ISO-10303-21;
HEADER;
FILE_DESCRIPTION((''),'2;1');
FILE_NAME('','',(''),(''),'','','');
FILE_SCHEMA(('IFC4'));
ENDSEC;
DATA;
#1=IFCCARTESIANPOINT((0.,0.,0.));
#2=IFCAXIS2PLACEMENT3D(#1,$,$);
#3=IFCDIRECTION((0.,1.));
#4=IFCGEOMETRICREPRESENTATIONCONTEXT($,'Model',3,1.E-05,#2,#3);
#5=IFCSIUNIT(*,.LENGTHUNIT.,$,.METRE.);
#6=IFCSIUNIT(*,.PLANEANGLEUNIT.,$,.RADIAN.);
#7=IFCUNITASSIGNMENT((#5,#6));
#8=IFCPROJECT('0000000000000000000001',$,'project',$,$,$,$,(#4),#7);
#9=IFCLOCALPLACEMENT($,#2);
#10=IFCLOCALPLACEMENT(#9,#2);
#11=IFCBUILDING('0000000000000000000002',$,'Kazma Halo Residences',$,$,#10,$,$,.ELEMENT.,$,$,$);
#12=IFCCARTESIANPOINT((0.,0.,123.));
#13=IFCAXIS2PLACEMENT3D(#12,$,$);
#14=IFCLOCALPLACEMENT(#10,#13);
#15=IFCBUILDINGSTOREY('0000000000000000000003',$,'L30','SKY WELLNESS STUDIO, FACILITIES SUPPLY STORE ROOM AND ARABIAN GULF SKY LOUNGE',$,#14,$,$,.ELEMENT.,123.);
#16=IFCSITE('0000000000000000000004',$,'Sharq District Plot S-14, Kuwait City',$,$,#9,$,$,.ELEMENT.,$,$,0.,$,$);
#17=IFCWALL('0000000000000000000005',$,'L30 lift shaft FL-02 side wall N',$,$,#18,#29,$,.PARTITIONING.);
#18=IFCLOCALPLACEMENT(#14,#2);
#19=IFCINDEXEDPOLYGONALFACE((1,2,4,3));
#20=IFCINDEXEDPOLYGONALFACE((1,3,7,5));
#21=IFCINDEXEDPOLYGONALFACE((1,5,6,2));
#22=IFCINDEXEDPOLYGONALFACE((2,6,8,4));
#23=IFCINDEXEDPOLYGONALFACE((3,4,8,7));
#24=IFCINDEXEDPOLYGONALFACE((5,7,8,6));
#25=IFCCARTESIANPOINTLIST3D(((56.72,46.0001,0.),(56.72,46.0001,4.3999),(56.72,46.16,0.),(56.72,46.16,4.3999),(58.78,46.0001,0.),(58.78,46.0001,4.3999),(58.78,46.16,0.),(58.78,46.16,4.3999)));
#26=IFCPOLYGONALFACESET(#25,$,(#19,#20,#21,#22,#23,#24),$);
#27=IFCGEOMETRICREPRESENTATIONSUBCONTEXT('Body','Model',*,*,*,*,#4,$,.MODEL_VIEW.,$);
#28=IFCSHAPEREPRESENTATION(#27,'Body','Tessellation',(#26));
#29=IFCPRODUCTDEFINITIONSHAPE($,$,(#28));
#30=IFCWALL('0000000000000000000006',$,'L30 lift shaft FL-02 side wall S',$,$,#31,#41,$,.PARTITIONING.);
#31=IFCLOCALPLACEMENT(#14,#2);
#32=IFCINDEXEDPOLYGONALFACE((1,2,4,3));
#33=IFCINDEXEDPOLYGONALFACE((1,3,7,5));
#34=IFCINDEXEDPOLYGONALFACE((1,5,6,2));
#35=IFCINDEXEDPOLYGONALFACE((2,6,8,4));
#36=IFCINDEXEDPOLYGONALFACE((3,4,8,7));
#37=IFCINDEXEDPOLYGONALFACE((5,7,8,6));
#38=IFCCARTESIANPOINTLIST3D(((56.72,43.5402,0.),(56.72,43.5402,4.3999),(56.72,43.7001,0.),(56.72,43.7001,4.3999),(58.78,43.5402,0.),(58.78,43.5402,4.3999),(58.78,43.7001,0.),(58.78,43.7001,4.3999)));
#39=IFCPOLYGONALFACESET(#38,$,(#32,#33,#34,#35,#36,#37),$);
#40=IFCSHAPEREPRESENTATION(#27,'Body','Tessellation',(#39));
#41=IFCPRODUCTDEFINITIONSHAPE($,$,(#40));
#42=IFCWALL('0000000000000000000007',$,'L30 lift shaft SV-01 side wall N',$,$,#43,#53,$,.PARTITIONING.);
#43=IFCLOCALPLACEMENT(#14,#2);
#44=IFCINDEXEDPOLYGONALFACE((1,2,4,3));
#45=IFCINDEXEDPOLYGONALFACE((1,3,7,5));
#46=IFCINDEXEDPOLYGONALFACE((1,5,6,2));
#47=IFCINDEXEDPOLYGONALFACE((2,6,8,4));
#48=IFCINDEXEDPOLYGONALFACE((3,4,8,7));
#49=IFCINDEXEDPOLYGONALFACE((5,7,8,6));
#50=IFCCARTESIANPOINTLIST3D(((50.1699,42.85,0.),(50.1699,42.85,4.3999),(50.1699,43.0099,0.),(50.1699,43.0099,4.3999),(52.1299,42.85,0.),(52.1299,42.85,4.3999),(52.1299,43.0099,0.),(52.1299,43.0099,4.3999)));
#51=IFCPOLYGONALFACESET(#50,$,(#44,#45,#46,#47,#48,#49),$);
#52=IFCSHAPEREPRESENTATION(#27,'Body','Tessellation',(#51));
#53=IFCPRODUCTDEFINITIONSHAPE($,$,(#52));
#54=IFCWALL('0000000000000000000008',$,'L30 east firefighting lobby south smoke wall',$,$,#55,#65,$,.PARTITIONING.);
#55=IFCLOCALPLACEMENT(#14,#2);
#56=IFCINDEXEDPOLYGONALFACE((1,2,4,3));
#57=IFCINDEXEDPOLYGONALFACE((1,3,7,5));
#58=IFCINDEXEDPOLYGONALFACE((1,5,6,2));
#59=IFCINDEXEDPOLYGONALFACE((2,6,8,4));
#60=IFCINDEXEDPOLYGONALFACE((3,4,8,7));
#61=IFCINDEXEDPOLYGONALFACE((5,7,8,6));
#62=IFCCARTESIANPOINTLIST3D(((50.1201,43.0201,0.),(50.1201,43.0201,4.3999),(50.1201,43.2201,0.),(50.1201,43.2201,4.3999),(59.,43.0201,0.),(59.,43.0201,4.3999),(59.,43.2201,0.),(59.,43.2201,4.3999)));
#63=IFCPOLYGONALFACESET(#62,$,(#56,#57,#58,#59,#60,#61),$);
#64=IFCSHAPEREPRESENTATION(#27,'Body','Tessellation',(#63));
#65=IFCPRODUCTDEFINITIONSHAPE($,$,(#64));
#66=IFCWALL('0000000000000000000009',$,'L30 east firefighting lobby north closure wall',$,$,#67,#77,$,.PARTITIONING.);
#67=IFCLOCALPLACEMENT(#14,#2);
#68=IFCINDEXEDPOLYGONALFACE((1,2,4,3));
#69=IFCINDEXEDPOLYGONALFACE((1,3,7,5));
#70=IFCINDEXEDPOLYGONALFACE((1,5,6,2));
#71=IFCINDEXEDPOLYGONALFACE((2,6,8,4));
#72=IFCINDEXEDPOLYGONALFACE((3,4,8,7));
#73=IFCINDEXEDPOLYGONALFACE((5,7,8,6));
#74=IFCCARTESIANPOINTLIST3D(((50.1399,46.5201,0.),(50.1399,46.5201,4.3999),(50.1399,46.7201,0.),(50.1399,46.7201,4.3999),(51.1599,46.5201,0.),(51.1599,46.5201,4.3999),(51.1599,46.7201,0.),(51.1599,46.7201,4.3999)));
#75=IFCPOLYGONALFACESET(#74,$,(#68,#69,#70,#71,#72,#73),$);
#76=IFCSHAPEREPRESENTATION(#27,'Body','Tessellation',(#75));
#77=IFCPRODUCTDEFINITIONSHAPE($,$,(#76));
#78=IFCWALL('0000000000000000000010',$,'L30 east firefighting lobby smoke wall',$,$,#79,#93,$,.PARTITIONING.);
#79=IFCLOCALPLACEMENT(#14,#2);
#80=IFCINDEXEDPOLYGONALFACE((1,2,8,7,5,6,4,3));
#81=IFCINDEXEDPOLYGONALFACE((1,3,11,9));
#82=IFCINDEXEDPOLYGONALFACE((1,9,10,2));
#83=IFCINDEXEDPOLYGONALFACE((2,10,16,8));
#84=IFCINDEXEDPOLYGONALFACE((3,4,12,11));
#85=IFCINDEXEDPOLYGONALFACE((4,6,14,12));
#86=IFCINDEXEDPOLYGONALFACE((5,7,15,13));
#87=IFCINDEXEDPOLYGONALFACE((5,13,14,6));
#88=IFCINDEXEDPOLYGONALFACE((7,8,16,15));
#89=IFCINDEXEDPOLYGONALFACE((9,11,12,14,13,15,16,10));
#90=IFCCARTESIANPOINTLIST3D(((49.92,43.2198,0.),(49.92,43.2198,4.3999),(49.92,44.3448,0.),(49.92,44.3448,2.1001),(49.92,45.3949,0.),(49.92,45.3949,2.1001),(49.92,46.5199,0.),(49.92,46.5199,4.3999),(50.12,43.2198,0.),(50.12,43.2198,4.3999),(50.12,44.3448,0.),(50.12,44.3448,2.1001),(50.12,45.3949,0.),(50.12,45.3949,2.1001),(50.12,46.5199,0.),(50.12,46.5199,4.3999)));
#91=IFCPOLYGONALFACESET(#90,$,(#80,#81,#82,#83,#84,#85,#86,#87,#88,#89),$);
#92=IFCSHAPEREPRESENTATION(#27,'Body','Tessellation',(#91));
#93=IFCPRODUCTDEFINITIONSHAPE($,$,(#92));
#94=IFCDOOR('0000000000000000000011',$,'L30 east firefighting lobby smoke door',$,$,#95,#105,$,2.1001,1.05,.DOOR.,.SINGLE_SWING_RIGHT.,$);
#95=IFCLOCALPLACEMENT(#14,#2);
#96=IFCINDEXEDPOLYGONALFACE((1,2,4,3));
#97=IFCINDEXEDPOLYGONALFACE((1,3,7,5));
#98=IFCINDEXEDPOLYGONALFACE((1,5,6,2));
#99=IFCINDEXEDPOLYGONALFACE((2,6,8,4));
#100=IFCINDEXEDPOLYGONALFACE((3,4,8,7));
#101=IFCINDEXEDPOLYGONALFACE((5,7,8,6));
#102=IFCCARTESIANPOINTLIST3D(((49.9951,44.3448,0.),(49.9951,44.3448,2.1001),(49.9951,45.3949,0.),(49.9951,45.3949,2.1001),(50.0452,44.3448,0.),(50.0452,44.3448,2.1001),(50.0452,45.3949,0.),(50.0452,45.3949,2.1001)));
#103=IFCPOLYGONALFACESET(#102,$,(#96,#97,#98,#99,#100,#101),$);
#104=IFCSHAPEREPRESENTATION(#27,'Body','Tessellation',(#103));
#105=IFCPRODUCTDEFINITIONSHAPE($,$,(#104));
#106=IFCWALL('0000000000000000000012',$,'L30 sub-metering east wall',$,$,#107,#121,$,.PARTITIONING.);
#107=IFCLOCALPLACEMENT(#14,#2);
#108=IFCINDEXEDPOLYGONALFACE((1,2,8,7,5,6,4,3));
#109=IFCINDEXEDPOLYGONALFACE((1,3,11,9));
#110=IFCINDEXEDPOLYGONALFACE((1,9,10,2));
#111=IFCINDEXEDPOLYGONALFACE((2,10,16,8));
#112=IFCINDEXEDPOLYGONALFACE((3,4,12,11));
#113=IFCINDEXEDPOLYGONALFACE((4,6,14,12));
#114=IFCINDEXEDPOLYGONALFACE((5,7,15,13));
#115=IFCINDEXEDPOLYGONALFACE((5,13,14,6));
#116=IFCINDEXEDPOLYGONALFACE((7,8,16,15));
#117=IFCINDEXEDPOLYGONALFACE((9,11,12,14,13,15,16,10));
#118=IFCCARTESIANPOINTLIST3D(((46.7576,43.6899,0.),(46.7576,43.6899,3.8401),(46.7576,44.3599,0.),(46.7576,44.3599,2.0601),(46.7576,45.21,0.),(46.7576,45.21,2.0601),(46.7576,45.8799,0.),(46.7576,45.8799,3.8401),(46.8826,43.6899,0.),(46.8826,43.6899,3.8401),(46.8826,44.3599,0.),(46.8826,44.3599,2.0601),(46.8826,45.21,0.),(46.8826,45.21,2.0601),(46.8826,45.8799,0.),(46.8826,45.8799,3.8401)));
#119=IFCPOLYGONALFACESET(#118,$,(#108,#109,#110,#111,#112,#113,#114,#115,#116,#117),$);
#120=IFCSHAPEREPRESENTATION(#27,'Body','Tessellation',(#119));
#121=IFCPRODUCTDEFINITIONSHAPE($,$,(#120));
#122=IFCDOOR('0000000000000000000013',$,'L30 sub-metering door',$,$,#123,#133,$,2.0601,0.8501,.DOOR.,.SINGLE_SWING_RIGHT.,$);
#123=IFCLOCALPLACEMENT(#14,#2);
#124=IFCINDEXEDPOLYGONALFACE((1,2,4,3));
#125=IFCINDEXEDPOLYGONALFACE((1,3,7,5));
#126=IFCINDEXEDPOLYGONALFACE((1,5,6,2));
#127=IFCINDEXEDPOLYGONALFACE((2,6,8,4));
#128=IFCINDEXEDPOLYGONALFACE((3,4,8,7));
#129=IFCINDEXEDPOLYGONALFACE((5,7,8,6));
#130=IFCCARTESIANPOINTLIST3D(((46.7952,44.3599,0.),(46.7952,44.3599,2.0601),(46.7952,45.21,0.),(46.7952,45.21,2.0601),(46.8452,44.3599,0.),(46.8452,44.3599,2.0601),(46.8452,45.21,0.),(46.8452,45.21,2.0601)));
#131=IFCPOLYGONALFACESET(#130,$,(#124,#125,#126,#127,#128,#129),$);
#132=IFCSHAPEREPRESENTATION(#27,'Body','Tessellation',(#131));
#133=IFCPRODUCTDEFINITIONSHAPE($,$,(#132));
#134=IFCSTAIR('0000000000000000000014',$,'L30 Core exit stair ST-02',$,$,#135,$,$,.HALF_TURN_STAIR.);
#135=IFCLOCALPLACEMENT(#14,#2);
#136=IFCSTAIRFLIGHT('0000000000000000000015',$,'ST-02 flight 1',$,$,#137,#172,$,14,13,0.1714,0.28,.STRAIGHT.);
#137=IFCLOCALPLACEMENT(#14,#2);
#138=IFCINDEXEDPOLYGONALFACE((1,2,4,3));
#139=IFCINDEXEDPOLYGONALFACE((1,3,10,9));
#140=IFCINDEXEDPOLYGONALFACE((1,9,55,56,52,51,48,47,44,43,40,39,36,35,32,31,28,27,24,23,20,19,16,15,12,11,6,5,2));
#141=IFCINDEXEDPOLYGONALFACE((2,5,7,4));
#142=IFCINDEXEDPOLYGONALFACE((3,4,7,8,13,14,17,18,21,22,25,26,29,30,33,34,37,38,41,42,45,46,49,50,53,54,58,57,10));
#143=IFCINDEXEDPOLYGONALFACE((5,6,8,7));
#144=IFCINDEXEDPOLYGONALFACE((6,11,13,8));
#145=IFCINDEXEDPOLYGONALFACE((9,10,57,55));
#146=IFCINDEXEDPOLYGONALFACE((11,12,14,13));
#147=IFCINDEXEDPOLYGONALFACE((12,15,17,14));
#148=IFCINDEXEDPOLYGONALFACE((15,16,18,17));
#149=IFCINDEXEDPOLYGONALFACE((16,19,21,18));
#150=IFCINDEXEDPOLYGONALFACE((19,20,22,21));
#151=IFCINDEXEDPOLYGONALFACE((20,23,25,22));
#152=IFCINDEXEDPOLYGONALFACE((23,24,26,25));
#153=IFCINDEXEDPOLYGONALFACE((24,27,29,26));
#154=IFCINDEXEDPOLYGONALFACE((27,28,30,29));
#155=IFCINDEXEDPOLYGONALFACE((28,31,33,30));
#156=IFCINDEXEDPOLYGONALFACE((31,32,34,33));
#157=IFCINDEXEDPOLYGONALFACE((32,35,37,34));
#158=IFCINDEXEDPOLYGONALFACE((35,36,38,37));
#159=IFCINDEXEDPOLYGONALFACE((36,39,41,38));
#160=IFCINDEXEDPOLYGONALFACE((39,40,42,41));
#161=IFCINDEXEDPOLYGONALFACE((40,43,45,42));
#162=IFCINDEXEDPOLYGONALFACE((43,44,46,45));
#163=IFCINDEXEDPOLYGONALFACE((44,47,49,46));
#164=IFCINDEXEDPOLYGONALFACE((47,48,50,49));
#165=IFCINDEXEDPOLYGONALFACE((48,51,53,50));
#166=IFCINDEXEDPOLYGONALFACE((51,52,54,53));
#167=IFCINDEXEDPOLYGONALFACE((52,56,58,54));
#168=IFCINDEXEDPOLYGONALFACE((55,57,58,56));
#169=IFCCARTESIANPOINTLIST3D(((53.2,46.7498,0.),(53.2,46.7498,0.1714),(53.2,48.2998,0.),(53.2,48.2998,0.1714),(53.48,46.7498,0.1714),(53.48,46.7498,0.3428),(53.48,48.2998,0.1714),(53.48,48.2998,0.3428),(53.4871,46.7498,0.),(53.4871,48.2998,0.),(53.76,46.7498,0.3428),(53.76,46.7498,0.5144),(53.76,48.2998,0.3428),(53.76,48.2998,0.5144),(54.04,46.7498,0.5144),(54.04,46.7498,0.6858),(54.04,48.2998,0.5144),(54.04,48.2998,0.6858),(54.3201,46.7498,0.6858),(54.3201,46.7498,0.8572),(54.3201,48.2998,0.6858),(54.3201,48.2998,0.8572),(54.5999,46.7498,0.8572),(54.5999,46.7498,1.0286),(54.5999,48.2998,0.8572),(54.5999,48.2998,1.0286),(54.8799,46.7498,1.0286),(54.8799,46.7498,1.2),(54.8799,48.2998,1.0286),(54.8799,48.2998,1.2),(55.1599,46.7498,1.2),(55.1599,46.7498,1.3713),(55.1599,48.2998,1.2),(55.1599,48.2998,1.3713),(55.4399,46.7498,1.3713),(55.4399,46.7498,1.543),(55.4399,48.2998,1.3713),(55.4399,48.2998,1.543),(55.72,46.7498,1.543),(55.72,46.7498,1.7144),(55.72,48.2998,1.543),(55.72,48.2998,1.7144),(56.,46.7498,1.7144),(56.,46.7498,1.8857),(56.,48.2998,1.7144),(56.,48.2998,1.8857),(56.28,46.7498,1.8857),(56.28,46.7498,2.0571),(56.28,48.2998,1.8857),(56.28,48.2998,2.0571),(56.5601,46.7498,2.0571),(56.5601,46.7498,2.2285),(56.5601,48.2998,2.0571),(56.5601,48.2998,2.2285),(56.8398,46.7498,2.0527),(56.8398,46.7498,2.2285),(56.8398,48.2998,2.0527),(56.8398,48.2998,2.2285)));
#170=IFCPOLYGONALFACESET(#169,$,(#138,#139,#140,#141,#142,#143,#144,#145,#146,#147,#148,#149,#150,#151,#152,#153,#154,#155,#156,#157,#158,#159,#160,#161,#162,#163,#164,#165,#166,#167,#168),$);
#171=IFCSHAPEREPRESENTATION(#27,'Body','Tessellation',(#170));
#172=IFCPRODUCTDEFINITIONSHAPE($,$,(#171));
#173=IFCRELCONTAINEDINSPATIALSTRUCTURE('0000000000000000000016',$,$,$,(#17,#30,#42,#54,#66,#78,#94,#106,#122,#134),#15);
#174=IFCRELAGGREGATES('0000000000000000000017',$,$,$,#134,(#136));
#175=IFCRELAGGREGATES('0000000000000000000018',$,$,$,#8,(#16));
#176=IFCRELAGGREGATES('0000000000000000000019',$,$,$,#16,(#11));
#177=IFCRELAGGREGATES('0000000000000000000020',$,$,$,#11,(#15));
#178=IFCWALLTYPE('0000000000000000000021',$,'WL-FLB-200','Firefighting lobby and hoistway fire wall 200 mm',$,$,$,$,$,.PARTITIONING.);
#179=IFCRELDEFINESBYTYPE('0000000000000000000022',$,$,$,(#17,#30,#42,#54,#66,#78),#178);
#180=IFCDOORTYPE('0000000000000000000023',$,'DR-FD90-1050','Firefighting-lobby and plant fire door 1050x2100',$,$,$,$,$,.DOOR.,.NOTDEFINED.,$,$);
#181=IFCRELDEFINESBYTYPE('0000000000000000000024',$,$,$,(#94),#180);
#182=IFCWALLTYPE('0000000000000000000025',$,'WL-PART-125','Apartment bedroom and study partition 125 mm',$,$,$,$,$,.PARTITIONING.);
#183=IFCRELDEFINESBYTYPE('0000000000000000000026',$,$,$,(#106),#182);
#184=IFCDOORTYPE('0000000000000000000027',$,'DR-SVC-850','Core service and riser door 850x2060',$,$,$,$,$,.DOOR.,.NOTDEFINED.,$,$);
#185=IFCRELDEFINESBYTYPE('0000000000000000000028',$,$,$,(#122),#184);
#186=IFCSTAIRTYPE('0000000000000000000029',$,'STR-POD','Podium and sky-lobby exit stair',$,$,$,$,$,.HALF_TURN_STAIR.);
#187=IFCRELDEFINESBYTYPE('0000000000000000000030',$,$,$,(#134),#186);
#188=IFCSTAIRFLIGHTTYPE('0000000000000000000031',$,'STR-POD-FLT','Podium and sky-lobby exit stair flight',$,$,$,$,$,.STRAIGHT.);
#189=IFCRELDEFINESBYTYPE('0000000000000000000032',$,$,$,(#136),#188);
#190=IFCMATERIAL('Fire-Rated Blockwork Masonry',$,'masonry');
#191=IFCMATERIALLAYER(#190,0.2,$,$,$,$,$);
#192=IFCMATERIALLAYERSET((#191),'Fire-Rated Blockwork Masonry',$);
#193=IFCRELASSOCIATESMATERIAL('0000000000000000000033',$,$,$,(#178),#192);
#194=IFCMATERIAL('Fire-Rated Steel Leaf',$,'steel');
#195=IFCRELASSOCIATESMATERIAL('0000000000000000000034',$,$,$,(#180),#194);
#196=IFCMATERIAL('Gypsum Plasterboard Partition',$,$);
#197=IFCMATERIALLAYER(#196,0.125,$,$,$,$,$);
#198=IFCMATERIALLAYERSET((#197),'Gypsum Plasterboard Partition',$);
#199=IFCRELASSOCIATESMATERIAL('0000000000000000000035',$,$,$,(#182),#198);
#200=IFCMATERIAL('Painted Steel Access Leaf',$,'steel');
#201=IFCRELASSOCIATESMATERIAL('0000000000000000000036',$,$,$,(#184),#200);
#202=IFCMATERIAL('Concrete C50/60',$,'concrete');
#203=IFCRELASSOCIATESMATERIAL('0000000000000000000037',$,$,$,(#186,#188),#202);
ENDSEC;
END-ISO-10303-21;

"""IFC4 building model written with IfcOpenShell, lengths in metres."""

from ifc_helpers import new_model, si_unit, direction, frame, frame_2d, origin, place, context, subcontext, project, spatial, polyline, rectangle, outline, extrude, material, layer, layer_set, type_object, element, fill, aggregate, save


model = new_model("IFC4")

# Units and contexts
model_context = context("Model", 3, precision=1e-05, world=origin(), true_north=direction((0.0, 1.0)))
body_context = subcontext(model_context, "Body", "Model", "MODEL_VIEW")
ifc_project = project(units=[si_unit("LENGTHUNIT", "METRE"), si_unit("PLANEANGLEUNIT", "RADIAN")], contexts=[model_context])

# Site, building, storey
site_placement = place(None, origin())
site = spatial("IfcSite", under=ifc_project, at=site_placement, Name="Sharq District Plot S-14, Kuwait City", CompositionType="ELEMENT", RefElevation=0.0)
building_placement = place(site_placement, origin())
building = spatial("IfcBuilding", under=site, at=building_placement, Name="Kazma Halo Residences", CompositionType="ELEMENT")
storey_placement = place(building_placement, frame((0.0, 0.0, 123.0)))
storey = spatial("IfcBuildingStorey", under=building, at=storey_placement, Name="L30", Description="SKY WELLNESS STUDIO, FACILITIES SUPPLY STORE ROOM AND ARABIAN GULF SKY LOUNGE", CompositionType="ELEMENT", Elevation=123.0)

# Shared definitions
ifc_material_1 = material(Name="Fire-Rated Blockwork Masonry", Category="masonry")
ifc_layer_1 = layer(ifc_material_1, 0.2)
ifc_layer_set_1 = layer_set([ifc_layer_1], Name="Fire-Rated Blockwork Masonry")
wall_type_1 = type_object("IfcWallType", Name="WL-FLB-200", Description="Firefighting lobby and hoistway fire wall 200 mm", PredefinedType="PARTITIONING", material=ifc_layer_set_1)

# Walls
for number, where, z_axis, x_axis, name in (
    (1, (56.72, 46.0801, 0.0), (0.0, 0.0, 1.0), (1.0, 0.0, 0.0), "L30 lift shaft FL-02 side wall N"),
    (2, (56.72, 43.6201, 0.0), (0.0, 0.0, 1.0), (1.0, 0.0, 0.0), "L30 lift shaft FL-02 side wall S"),
):
    element("IfcWall", number, at=place(storey_placement, frame(where, z_axis=z_axis, x_axis=x_axis)), inside=storey, type_object=wall_type_1, Name=name, PredefinedType="PARTITIONING", context=body_context, shape_type="SweptSolid", body=[
        extrude(rectangle(XDim=2.0601, YDim=0.1599, at=frame_2d((1.03, 0.0))), origin(), (0.0, 0.0, 1.0), 4.3999),
    ])
wall_1_placement = place(storey_placement, frame((50.1699, 42.9299, 0.0), z_axis=(0.0, 0.0, 1.0), x_axis=(1.0, 0.0, 0.0)))
element("IfcWall", 3, at=wall_1_placement, inside=storey, type_object=wall_type_1, Name="L30 lift shaft SV-01 side wall N", PredefinedType="PARTITIONING", context=body_context, shape_type="SweptSolid", body=[
    extrude(rectangle(XDim=1.96, YDim=0.1599, at=frame_2d((0.98, 0.0))), origin(), (0.0, 0.0, 1.0), 4.3999),
])
wall_2_placement = place(storey_placement, frame((50.1201, 43.1201, 0.0), z_axis=(0.0, 0.0, 1.0), x_axis=(1.0, 0.0, 0.0)))
element("IfcWall", 4, at=wall_2_placement, inside=storey, type_object=wall_type_1, Name="L30 east firefighting lobby south smoke wall", PredefinedType="PARTITIONING", context=body_context, shape_type="SweptSolid", body=[
    extrude(rectangle(XDim=8.8799, YDim=0.2, at=frame_2d((4.4399, 0.0))), origin(), (0.0, 0.0, 1.0), 4.3999),
])
wall_3_placement = place(storey_placement, frame((50.1399, 46.6201, 0.0), z_axis=(0.0, 0.0, 1.0), x_axis=(1.0, 0.0, 0.0)))
element("IfcWall", 5, at=wall_3_placement, inside=storey, type_object=wall_type_1, Name="L30 east firefighting lobby north closure wall", PredefinedType="PARTITIONING", context=body_context, shape_type="SweptSolid", body=[
    extrude(rectangle(XDim=1.02, YDim=0.2, at=frame_2d((0.51, 0.0))), origin(), (0.0, 0.0, 1.0), 4.3999),
])

# Walls, openings, doors
wall_4_placement = place(storey_placement, frame((50.02, 43.22, 0.0), z_axis=(0.0, 0.0, 1.0), x_axis=(0.0, 1.0, 0.0)))
wall_4 = element("IfcWall", 6, at=wall_4_placement, inside=storey, type_object=wall_type_1, Name="L30 east firefighting lobby smoke wall", PredefinedType="PARTITIONING", context=body_context, shape_type="SweptSolid", body=[
    extrude(rectangle(XDim=3.3, YDim=0.2, at=frame_2d((1.6499, 0.0))), origin(), (0.0, 0.0, 1.0), 4.3999),
])
opening_1_placement = place(wall_4_placement, frame((1.125, 0.0, 0.0)))
opening_1 = element("IfcOpeningElement", 7, at=opening_1_placement, cuts=wall_4, PredefinedType="OPENING", context=body_context, shape_type="SweptSolid", body=[
    extrude(rectangle(XDim=1.05, YDim=2.1001, at=frame_2d((0.5249, 1.05))), frame((0.0, 0.1099, 0.0), z_axis=(0.0, -1.0, 0.0), x_axis=(1.0, 0.0, 0.0)), (0.0, 0.0, 1.0), 0.22),
])
ifc_material_2 = material(Name="Fire-Rated Steel Leaf", Category="steel")
door_type_1 = type_object("IfcDoorType", Name="DR-FD90-1050", Description="Firefighting-lobby and plant fire door 1050x2100", OperationType="NOTDEFINED", PredefinedType="DOOR", material=ifc_material_2)
door_1_placement = place(opening_1_placement, origin())
door_1 = element("IfcDoor", 8, at=door_1_placement, inside=storey, type_object=door_type_1, Name="L30 east firefighting lobby smoke door", OperationType="SINGLE_SWING_RIGHT", OverallHeight=2.1001, OverallWidth=1.05, PredefinedType="DOOR", context=body_context, shape_type="SweptSolid", body=[
    extrude(rectangle(XDim=1.05, YDim=2.1001, at=frame_2d((0.5249, 1.05))), frame((0.0, 0.0249, 0.0), z_axis=(0.0, -1.0, 0.0), x_axis=(1.0, 0.0, 0.0)), (0.0, 0.0, 1.0), 0.05),
])
fill(opening_1, door_1)
ifc_material_3 = material(Name="Gypsum Plasterboard Partition")
ifc_layer_2 = layer(ifc_material_3, 0.125)
ifc_layer_set_2 = layer_set([ifc_layer_2], Name="Gypsum Plasterboard Partition")
wall_type_2 = type_object("IfcWallType", Name="WL-PART-125", Description="Apartment bedroom and study partition 125 mm", PredefinedType="PARTITIONING", material=ifc_layer_set_2)
wall_5_placement = place(storey_placement, frame((46.8201, 43.6899, 0.0), z_axis=(0.0, 0.0, 1.0), x_axis=(0.0, 1.0, 0.0)))
wall_5 = element("IfcWall", 9, at=wall_5_placement, inside=storey, type_object=wall_type_2, Name="L30 sub-metering east wall", PredefinedType="PARTITIONING", context=body_context, shape_type="SweptSolid", body=[
    extrude(rectangle(XDim=2.1899, YDim=0.125, at=frame_2d((1.095, 0.0))), origin(), (0.0, 0.0, 1.0), 3.8401),
])
opening_2_placement = place(wall_5_placement, frame((0.6699, 0.0, 0.0)))
opening_2 = element("IfcOpeningElement", 10, at=opening_2_placement, cuts=wall_5, PredefinedType="OPENING", context=body_context, shape_type="SweptSolid", body=[
    extrude(rectangle(XDim=0.8501, YDim=2.0601, at=frame_2d((0.425, 1.03))), frame((0.0, 0.0725, 0.0), z_axis=(0.0, -1.0, 0.0), x_axis=(1.0, 0.0, 0.0)), (0.0, 0.0, 1.0), 0.145),
])
ifc_material_4 = material(Name="Painted Steel Access Leaf", Category="steel")
door_type_2 = type_object("IfcDoorType", Name="DR-SVC-850", Description="Core service and riser door 850x2060", OperationType="NOTDEFINED", PredefinedType="DOOR", material=ifc_material_4)
door_2_placement = place(opening_2_placement, origin())
door_2 = element("IfcDoor", 11, at=door_2_placement, inside=storey, type_object=door_type_2, Name="L30 sub-metering door", OperationType="SINGLE_SWING_RIGHT", OverallHeight=2.0601, OverallWidth=0.8501, PredefinedType="DOOR", context=body_context, shape_type="SweptSolid", body=[
    extrude(rectangle(XDim=0.8501, YDim=2.0601, at=frame_2d((0.425, 1.03))), frame((0.0, 0.0249, 0.0), z_axis=(0.0, -1.0, 0.0), x_axis=(1.0, 0.0, 0.0)), (0.0, 0.0, 1.0), 0.05),
])
fill(opening_2, door_2)
ifc_material_5 = material(Name="Concrete C50/60", Category="concrete")

# Stair, stair flight
stair_type = type_object("IfcStairType", Name="STR-POD", Description="Podium and sky-lobby exit stair", PredefinedType="HALF_TURN_STAIR", material=ifc_material_5)
stair_placement = place(storey_placement, origin())
stair = element("IfcStair", 12, at=stair_placement, inside=storey, type_object=stair_type, Name="L30 Core exit stair ST-02", PredefinedType="HALF_TURN_STAIR")
stair_flight_type = type_object("IfcStairFlightType", Name="STR-POD-FLT", Description="Podium and sky-lobby exit stair flight", PredefinedType="STRAIGHT", material=ifc_material_5)
stair_flight_placement = place(storey_placement, frame((53.2, 47.5249, 0.0), z_axis=(0.0, 0.0, 1.0), x_axis=(1.0, 0.0, 0.0)))
stair_flight = element("IfcStairFlight", 13, at=stair_flight_placement, type_object=stair_flight_type, Name="ST-02 flight 1", NumberOfRisers=14, NumberOfTreads=13, PredefinedType="STRAIGHT", RiserHeight=0.1714, TreadLength=0.28, context=body_context, shape_type="SweptSolid", body=[
    extrude(outline(polyline([(0.0, 0.0), (0.0, 0.1714), (0.28, 0.1714), (0.28, 0.3428), (0.5601, 0.3428), (0.5601, 0.5144), (0.8401, 0.5144), (0.8401, 0.6858), (1.1201, 0.6858), (1.1201, 0.8572), (1.3999, 0.8572), (1.3999, 1.0286), (1.6799, 1.0286), (1.6799, 1.2), (1.96, 1.2), (1.96, 1.3713), (2.24, 1.3713), (2.24, 1.543), (2.52, 1.543), (2.52, 1.7144), (2.8, 1.7144), (2.8, 1.8857), (3.0801, 1.8857), (3.0801, 2.0571), (3.3601, 2.0571), (3.3601, 2.2285), (3.6399, 2.2285), (3.6399, 2.3999), (3.6399, 2.0527), (0.2871, 0.0), (0.0, 0.0)])), frame((0.0, 0.7749, 0.0), z_axis=(0.0, -1.0, 0.0), x_axis=(1.0, 0.0, 0.0)), (0.0, 0.0, 1.0), 1.55),
])
aggregate(stair, [stair_flight])

save(model, "model.ifc")
